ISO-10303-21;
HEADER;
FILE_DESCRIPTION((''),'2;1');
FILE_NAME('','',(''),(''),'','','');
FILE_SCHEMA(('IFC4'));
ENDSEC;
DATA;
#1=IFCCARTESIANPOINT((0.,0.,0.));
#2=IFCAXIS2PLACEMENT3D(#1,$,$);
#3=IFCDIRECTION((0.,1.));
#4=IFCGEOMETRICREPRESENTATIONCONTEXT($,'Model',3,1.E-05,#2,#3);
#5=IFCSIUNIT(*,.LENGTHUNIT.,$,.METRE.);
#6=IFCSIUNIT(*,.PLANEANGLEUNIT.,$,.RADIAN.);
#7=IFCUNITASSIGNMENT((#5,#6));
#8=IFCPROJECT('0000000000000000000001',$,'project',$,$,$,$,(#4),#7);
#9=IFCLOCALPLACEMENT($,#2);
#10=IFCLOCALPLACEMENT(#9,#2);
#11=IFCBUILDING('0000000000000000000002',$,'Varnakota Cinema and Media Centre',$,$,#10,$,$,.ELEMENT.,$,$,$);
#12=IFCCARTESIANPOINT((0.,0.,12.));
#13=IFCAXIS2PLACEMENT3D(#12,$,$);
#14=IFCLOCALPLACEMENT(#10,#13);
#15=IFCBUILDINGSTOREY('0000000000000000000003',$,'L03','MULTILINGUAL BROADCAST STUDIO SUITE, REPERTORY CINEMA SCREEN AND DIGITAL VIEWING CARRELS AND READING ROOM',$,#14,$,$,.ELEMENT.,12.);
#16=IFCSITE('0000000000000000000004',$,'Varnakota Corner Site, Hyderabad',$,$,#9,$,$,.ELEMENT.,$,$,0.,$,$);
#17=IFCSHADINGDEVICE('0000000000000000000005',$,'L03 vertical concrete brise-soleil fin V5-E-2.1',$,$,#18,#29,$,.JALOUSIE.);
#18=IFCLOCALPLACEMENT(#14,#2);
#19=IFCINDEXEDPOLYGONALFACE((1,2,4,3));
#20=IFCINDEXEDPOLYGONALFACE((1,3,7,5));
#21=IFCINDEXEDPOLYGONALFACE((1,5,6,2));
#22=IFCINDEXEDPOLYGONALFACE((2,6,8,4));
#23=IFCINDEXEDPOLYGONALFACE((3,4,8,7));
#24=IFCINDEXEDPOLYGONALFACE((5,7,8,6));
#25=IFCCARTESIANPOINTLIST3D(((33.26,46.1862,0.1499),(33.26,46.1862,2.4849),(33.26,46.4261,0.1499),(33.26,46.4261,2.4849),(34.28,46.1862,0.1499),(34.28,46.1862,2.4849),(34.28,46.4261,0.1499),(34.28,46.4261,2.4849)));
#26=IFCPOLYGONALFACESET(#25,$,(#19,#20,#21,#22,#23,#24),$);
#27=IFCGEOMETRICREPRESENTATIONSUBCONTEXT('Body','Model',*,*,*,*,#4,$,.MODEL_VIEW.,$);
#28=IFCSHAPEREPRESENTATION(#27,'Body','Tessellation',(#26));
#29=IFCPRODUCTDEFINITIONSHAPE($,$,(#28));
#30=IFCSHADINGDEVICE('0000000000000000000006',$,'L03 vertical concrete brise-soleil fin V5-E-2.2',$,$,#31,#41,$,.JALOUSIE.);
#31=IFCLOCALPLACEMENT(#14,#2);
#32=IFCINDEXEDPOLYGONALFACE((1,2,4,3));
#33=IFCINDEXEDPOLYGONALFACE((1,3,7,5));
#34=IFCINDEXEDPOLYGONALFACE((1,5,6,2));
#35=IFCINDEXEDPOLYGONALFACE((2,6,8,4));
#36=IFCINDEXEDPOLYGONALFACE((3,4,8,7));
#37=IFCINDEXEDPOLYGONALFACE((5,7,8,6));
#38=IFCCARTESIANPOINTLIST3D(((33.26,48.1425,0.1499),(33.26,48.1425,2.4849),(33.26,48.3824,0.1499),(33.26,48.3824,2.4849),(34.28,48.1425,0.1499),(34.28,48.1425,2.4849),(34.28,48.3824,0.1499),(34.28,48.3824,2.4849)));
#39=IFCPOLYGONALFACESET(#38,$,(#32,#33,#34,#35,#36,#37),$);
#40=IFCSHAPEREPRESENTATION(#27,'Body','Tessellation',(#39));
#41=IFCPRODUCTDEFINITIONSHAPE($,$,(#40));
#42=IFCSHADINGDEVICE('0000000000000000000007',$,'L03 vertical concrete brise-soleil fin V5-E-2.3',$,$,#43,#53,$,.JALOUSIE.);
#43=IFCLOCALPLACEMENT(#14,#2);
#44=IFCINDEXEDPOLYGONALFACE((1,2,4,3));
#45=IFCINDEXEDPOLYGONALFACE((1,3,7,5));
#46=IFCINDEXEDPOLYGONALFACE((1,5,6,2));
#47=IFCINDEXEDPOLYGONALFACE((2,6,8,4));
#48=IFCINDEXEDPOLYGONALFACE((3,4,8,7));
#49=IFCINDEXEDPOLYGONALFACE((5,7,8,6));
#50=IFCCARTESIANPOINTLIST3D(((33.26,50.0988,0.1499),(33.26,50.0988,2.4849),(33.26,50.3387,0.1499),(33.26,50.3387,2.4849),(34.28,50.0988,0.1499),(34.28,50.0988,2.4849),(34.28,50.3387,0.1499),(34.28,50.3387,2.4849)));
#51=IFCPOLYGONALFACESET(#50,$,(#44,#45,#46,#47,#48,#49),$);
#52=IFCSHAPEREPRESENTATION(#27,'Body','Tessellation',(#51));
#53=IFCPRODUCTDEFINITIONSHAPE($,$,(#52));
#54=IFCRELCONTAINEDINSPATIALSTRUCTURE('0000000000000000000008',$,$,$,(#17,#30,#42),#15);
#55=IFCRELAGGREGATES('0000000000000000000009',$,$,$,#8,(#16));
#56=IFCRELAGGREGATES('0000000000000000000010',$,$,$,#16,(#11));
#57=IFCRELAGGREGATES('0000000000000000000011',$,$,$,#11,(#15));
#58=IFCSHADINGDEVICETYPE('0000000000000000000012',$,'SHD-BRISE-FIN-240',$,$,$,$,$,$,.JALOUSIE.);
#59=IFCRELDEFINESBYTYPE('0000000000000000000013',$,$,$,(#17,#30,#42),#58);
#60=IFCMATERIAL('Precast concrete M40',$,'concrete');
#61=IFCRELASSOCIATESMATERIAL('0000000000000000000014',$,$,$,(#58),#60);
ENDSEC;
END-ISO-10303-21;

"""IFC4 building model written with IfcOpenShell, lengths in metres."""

from ifc_helpers import new_model, si_unit, direction, frame, origin, origin_2d, place, context, subcontext, project, spatial, rectangle, extrude, material, type_object, element, save


model = new_model("IFC4")

# Units and contexts
model_context = context("Model", 3, precision=1e-05, world=origin(), true_north=direction((0.0, 1.0)))
body_context = subcontext(model_context, "Body", "Model", "MODEL_VIEW")
ifc_project = project(units=[si_unit("LENGTHUNIT", "METRE"), si_unit("PLANEANGLEUNIT", "RADIAN")], contexts=[model_context])

# Site, building, storey
site_placement = place(None, origin())
site = spatial("IfcSite", under=ifc_project, at=site_placement, Name="Varnakota Corner Site, Hyderabad", CompositionType="ELEMENT", RefElevation=0.0)
building_placement = place(site_placement, origin())
building = spatial("IfcBuilding", under=site, at=building_placement, Name="Varnakota Cinema and Media Centre", CompositionType="ELEMENT")
storey_placement = place(building_placement, frame((0.0, 0.0, 12.0)))
storey = spatial("IfcBuildingStorey", under=building, at=storey_placement, Name="L03", Description="MULTILINGUAL BROADCAST STUDIO SUITE, REPERTORY CINEMA SCREEN AND DIGITAL VIEWING CARRELS AND READING ROOM", CompositionType="ELEMENT", Elevation=12.0)

# Shading devices
ifc_material_1 = material(Name="Precast concrete M40", Category="concrete")
shading_device_type = type_object("IfcShadingDeviceType", Name="SHD-BRISE-FIN-240", PredefinedType="JALOUSIE", material=ifc_material_1)
for number, where, z_axis, x_axis, name in (
    (1, (33.77, 46.3062, 0.1499), (0.0, 0.0, 1.0), (0.0, 1.0, 0.0), "L03 vertical concrete brise-soleil fin V5-E-2.1"),
    (2, (33.77, 48.2625, 0.1499), (0.0, 0.0, 1.0), (0.0, 1.0, 0.0), "L03 vertical concrete brise-soleil fin V5-E-2.2"),
    (3, (33.77, 50.2188, 0.1499), (0.0, 0.0, 1.0), (0.0, 1.0, 0.0), "L03 vertical concrete brise-soleil fin V5-E-2.3"),
):
    element("IfcShadingDevice", number, at=place(storey_placement, frame(where, z_axis=z_axis, x_axis=x_axis)), inside=storey, type_object=shading_device_type, Name=name, PredefinedType="JALOUSIE", context=body_context, shape_type="SweptSolid", body=[
        extrude(rectangle(XDim=0.24, YDim=1.02, at=origin_2d()), origin(), (0.0, 0.0, 1.0), 2.335),
    ])

save(model, "model.ifc")
